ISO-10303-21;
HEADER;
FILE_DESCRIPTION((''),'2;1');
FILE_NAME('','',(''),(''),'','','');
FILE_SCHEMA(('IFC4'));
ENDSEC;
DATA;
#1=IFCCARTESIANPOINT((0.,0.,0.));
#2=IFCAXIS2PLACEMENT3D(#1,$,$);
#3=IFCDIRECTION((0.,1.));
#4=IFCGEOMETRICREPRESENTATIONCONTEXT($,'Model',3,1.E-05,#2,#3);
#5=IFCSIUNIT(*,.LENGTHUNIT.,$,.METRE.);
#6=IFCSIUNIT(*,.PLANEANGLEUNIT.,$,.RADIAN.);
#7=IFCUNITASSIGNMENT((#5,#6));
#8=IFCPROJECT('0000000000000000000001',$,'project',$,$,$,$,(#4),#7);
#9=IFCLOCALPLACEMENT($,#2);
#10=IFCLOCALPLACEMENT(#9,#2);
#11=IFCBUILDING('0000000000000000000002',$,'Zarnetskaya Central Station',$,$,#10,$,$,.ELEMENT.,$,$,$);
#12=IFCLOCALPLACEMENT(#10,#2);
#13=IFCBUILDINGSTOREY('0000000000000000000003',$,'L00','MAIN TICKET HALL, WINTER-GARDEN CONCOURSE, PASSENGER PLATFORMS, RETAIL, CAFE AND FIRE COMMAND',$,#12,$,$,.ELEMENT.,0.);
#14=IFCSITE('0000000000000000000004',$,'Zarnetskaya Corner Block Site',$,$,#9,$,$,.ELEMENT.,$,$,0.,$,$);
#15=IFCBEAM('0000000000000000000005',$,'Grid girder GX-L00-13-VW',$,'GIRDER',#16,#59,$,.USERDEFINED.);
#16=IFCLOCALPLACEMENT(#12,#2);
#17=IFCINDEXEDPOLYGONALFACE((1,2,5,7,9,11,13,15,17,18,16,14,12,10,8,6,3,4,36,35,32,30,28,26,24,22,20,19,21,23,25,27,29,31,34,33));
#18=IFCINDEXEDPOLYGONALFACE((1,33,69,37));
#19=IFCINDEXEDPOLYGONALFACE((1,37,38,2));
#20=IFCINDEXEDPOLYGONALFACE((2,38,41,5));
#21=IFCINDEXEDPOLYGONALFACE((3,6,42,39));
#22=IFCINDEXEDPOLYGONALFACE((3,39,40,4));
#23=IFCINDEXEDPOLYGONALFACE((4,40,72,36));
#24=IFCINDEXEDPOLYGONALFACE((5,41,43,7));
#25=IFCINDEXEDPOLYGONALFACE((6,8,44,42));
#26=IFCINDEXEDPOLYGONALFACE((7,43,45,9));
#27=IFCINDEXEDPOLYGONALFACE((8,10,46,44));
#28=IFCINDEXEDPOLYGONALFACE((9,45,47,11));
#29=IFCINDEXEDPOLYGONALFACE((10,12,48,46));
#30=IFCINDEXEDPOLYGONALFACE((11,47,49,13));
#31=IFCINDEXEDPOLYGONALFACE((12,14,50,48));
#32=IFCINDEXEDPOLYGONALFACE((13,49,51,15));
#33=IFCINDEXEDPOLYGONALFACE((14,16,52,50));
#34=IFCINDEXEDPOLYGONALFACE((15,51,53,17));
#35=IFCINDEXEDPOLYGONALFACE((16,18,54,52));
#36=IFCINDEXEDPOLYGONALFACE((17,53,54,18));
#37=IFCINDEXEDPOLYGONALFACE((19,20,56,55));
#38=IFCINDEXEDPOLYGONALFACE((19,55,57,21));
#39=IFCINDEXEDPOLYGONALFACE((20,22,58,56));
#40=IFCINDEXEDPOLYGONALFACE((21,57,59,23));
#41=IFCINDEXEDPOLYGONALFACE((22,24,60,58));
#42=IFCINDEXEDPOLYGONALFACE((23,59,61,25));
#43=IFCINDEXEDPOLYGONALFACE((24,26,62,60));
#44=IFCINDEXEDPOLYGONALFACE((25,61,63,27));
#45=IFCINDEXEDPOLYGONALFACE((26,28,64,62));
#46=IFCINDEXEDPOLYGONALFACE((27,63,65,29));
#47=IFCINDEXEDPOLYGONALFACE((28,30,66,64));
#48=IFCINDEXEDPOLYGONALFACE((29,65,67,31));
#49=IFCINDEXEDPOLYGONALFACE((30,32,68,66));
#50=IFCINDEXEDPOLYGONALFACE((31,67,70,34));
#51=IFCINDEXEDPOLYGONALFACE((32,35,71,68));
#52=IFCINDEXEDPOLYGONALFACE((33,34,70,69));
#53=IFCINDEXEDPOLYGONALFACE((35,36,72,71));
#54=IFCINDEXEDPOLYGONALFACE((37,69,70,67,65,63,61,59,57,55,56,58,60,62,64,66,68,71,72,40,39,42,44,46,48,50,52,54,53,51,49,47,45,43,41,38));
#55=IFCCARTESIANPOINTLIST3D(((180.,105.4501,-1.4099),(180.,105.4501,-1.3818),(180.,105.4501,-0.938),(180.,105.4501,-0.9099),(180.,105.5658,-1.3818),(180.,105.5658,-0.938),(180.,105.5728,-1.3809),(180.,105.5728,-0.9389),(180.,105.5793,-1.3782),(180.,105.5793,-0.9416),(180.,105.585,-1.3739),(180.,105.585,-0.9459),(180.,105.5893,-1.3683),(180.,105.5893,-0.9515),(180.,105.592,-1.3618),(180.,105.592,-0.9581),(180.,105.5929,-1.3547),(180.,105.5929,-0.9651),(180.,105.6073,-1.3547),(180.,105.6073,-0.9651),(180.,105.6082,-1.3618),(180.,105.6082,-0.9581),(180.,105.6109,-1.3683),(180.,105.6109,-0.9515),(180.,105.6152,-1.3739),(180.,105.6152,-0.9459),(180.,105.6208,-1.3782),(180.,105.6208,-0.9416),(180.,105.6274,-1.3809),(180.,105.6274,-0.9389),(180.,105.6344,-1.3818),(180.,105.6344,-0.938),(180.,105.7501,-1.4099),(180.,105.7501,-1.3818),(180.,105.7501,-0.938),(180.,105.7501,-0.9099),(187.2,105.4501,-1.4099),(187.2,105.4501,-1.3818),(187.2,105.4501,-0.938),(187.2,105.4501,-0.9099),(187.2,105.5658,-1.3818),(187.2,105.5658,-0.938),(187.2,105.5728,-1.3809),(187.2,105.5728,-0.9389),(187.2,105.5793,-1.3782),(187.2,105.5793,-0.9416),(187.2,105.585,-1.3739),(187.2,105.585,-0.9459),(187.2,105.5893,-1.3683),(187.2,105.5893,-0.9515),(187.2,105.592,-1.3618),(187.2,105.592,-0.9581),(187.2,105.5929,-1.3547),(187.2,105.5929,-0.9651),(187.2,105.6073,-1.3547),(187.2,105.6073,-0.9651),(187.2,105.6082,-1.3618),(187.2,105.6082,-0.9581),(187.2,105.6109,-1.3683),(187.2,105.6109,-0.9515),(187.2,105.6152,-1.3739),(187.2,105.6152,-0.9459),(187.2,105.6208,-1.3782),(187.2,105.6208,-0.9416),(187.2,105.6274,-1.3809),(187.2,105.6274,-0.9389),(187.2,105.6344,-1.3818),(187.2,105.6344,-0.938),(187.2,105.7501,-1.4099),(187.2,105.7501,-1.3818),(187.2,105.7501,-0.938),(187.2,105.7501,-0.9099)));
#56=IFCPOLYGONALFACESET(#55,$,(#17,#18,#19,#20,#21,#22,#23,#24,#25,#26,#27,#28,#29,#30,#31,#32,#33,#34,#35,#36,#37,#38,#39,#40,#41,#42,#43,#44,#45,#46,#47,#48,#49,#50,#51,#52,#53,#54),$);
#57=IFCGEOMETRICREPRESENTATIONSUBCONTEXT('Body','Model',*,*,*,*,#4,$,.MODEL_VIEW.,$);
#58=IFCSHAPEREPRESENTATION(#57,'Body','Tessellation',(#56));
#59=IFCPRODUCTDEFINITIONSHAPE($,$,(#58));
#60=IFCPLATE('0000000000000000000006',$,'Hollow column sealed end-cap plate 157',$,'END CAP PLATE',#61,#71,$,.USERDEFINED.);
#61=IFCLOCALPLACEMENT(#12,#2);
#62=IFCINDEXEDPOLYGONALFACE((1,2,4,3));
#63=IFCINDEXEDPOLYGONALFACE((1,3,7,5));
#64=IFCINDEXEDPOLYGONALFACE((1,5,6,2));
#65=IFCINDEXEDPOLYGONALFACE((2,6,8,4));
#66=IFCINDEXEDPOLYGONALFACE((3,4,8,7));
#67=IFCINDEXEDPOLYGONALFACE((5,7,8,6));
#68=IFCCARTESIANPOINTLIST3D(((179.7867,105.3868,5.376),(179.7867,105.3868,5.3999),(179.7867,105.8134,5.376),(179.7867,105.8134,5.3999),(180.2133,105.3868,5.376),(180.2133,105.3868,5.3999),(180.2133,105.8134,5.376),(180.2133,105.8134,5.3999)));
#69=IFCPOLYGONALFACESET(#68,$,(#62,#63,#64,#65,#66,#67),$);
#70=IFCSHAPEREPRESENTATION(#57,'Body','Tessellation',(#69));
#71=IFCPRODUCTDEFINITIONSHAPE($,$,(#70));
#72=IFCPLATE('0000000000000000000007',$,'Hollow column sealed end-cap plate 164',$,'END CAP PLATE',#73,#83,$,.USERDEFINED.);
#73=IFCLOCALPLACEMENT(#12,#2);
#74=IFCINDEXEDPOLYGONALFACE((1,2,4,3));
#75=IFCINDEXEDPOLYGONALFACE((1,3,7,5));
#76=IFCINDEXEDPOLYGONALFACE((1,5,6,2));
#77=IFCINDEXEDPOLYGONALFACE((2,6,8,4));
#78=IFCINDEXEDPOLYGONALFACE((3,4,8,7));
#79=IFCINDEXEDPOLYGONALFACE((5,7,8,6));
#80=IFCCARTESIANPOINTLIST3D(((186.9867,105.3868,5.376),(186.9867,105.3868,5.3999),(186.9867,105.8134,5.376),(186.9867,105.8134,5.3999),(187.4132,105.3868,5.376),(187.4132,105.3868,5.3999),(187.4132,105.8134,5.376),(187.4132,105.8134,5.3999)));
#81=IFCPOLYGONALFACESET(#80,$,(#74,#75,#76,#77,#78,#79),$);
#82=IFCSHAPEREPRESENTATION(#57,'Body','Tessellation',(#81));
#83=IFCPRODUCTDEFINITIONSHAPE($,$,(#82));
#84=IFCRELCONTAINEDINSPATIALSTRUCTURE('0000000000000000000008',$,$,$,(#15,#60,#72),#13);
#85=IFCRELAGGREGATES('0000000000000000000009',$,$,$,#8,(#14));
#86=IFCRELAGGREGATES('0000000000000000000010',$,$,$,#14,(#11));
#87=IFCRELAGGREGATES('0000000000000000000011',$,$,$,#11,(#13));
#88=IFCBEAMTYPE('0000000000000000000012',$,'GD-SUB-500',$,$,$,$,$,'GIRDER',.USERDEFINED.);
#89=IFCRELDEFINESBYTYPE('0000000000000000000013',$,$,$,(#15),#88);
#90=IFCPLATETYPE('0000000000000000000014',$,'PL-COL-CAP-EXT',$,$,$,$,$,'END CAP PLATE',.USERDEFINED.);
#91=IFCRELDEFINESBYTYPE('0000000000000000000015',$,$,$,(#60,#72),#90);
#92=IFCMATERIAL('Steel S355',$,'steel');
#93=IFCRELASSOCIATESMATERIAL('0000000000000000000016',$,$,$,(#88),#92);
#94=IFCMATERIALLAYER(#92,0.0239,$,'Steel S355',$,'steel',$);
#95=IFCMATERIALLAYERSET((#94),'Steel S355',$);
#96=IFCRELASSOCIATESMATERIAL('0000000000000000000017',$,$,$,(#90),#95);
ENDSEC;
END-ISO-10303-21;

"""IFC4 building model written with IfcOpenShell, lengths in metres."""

from ifc_helpers import new_model, si_unit, direction, frame, origin, origin_2d, place, context, subcontext, project, spatial, rectangle, i_section, extrude, material, layer, layer_set, material_profile, profile_set, type_object, element, save


model = new_model("IFC4")

# Units and contexts
model_context = context("Model", 3, precision=1e-05, world=origin(), true_north=direction((0.0, 1.0)))
body_context = subcontext(model_context, "Body", "Model", "MODEL_VIEW")
ifc_project = project(units=[si_unit("LENGTHUNIT", "METRE"), si_unit("PLANEANGLEUNIT", "RADIAN")], contexts=[model_context])

# Site, building, storey
site_placement = place(None, origin())
site = spatial("IfcSite", under=ifc_project, at=site_placement, Name="Zarnetskaya Corner Block Site", CompositionType="ELEMENT", RefElevation=0.0)
building_placement = place(site_placement, origin())
building = spatial("IfcBuilding", under=site, at=building_placement, Name="Zarnetskaya Central Station", CompositionType="ELEMENT")
storey_placement = place(building_placement, origin())
storey = spatial("IfcBuildingStorey", under=building, at=storey_placement, Name="L00", Description="MAIN TICKET HALL, WINTER-GARDEN CONCOURSE, PASSENGER PLATFORMS, RETAIL, CAFE AND FIRE COMMAND", CompositionType="ELEMENT", Elevation=0.0)

# Shared definitions
ifc_material = material(Name="Steel S355", Category="steel")

# Beam
ifc_material_profile_1 = material_profile(ifc_material, i_section(OverallWidth=0.3, OverallDepth=0.5, WebThickness=0.0144, FlangeThickness=0.0281, FilletRadius=0.0271, at=origin_2d()), Name="HEB 500")
ifc_profile_set_1 = profile_set([ifc_material_profile_1], Name="Steel S355")
beam_type_1 = type_object("IfcBeamType", Name="GD-SUB-500", ElementType="GIRDER", PredefinedType="USERDEFINED", material=ifc_profile_set_1)
for number, where, z_axis, x_axis, name in (
    (1, (180.0, 105.6001, -1.1599), (1.0, 0.0, 0.0), (0.0, 1.0, 0.0), "Grid girder GX-L00-13-VW"),
):
    element("IfcBeam", number, at=place(storey_placement, frame(where, z_axis=z_axis, x_axis=x_axis)), inside=storey, type_object=beam_type_1, Name=name, ObjectType="GIRDER", PredefinedType="USERDEFINED", context=body_context, shape_type="SweptSolid", body=[
        extrude(i_section(OverallWidth=0.3, OverallDepth=0.5, WebThickness=0.0144, FlangeThickness=0.0281, FilletRadius=0.0271, at=origin_2d()), origin(), (0.0, 0.0, 1.0), 7.2),
    ])

# Plates
ifc_layer = layer(ifc_material, 0.0239, Name="Steel S355", Category="steel")
ifc_layer_set = layer_set([ifc_layer], Name="Steel S355")
plate_type = type_object("IfcPlateType", Name="PL-COL-CAP-EXT", ElementType="END CAP PLATE", PredefinedType="USERDEFINED", material=ifc_layer_set)
for number, where, z_axis, x_axis, name in (
    (2, (180.0, 105.6001, 5.376), (0.0, 0.0, 1.0), (1.0, 0.0, 0.0), "Hollow column sealed end-cap plate 157"),
    (3, (187.2, 105.6001, 5.376), (0.0, 0.0, 1.0), (1.0, 0.0, 0.0), "Hollow column sealed end-cap plate 164"),
):
    element("IfcPlate", number, at=place(storey_placement, frame(where, z_axis=z_axis, x_axis=x_axis)), inside=storey, type_object=plate_type, Name=name, ObjectType="END CAP PLATE", PredefinedType="USERDEFINED", context=body_context, shape_type="SweptSolid", body=[
        extrude(rectangle(XDim=0.4265, YDim=0.4265, at=origin_2d()), origin(), (0.0, 0.0, 1.0), 0.0239),
    ])

save(model, "model.ifc")
